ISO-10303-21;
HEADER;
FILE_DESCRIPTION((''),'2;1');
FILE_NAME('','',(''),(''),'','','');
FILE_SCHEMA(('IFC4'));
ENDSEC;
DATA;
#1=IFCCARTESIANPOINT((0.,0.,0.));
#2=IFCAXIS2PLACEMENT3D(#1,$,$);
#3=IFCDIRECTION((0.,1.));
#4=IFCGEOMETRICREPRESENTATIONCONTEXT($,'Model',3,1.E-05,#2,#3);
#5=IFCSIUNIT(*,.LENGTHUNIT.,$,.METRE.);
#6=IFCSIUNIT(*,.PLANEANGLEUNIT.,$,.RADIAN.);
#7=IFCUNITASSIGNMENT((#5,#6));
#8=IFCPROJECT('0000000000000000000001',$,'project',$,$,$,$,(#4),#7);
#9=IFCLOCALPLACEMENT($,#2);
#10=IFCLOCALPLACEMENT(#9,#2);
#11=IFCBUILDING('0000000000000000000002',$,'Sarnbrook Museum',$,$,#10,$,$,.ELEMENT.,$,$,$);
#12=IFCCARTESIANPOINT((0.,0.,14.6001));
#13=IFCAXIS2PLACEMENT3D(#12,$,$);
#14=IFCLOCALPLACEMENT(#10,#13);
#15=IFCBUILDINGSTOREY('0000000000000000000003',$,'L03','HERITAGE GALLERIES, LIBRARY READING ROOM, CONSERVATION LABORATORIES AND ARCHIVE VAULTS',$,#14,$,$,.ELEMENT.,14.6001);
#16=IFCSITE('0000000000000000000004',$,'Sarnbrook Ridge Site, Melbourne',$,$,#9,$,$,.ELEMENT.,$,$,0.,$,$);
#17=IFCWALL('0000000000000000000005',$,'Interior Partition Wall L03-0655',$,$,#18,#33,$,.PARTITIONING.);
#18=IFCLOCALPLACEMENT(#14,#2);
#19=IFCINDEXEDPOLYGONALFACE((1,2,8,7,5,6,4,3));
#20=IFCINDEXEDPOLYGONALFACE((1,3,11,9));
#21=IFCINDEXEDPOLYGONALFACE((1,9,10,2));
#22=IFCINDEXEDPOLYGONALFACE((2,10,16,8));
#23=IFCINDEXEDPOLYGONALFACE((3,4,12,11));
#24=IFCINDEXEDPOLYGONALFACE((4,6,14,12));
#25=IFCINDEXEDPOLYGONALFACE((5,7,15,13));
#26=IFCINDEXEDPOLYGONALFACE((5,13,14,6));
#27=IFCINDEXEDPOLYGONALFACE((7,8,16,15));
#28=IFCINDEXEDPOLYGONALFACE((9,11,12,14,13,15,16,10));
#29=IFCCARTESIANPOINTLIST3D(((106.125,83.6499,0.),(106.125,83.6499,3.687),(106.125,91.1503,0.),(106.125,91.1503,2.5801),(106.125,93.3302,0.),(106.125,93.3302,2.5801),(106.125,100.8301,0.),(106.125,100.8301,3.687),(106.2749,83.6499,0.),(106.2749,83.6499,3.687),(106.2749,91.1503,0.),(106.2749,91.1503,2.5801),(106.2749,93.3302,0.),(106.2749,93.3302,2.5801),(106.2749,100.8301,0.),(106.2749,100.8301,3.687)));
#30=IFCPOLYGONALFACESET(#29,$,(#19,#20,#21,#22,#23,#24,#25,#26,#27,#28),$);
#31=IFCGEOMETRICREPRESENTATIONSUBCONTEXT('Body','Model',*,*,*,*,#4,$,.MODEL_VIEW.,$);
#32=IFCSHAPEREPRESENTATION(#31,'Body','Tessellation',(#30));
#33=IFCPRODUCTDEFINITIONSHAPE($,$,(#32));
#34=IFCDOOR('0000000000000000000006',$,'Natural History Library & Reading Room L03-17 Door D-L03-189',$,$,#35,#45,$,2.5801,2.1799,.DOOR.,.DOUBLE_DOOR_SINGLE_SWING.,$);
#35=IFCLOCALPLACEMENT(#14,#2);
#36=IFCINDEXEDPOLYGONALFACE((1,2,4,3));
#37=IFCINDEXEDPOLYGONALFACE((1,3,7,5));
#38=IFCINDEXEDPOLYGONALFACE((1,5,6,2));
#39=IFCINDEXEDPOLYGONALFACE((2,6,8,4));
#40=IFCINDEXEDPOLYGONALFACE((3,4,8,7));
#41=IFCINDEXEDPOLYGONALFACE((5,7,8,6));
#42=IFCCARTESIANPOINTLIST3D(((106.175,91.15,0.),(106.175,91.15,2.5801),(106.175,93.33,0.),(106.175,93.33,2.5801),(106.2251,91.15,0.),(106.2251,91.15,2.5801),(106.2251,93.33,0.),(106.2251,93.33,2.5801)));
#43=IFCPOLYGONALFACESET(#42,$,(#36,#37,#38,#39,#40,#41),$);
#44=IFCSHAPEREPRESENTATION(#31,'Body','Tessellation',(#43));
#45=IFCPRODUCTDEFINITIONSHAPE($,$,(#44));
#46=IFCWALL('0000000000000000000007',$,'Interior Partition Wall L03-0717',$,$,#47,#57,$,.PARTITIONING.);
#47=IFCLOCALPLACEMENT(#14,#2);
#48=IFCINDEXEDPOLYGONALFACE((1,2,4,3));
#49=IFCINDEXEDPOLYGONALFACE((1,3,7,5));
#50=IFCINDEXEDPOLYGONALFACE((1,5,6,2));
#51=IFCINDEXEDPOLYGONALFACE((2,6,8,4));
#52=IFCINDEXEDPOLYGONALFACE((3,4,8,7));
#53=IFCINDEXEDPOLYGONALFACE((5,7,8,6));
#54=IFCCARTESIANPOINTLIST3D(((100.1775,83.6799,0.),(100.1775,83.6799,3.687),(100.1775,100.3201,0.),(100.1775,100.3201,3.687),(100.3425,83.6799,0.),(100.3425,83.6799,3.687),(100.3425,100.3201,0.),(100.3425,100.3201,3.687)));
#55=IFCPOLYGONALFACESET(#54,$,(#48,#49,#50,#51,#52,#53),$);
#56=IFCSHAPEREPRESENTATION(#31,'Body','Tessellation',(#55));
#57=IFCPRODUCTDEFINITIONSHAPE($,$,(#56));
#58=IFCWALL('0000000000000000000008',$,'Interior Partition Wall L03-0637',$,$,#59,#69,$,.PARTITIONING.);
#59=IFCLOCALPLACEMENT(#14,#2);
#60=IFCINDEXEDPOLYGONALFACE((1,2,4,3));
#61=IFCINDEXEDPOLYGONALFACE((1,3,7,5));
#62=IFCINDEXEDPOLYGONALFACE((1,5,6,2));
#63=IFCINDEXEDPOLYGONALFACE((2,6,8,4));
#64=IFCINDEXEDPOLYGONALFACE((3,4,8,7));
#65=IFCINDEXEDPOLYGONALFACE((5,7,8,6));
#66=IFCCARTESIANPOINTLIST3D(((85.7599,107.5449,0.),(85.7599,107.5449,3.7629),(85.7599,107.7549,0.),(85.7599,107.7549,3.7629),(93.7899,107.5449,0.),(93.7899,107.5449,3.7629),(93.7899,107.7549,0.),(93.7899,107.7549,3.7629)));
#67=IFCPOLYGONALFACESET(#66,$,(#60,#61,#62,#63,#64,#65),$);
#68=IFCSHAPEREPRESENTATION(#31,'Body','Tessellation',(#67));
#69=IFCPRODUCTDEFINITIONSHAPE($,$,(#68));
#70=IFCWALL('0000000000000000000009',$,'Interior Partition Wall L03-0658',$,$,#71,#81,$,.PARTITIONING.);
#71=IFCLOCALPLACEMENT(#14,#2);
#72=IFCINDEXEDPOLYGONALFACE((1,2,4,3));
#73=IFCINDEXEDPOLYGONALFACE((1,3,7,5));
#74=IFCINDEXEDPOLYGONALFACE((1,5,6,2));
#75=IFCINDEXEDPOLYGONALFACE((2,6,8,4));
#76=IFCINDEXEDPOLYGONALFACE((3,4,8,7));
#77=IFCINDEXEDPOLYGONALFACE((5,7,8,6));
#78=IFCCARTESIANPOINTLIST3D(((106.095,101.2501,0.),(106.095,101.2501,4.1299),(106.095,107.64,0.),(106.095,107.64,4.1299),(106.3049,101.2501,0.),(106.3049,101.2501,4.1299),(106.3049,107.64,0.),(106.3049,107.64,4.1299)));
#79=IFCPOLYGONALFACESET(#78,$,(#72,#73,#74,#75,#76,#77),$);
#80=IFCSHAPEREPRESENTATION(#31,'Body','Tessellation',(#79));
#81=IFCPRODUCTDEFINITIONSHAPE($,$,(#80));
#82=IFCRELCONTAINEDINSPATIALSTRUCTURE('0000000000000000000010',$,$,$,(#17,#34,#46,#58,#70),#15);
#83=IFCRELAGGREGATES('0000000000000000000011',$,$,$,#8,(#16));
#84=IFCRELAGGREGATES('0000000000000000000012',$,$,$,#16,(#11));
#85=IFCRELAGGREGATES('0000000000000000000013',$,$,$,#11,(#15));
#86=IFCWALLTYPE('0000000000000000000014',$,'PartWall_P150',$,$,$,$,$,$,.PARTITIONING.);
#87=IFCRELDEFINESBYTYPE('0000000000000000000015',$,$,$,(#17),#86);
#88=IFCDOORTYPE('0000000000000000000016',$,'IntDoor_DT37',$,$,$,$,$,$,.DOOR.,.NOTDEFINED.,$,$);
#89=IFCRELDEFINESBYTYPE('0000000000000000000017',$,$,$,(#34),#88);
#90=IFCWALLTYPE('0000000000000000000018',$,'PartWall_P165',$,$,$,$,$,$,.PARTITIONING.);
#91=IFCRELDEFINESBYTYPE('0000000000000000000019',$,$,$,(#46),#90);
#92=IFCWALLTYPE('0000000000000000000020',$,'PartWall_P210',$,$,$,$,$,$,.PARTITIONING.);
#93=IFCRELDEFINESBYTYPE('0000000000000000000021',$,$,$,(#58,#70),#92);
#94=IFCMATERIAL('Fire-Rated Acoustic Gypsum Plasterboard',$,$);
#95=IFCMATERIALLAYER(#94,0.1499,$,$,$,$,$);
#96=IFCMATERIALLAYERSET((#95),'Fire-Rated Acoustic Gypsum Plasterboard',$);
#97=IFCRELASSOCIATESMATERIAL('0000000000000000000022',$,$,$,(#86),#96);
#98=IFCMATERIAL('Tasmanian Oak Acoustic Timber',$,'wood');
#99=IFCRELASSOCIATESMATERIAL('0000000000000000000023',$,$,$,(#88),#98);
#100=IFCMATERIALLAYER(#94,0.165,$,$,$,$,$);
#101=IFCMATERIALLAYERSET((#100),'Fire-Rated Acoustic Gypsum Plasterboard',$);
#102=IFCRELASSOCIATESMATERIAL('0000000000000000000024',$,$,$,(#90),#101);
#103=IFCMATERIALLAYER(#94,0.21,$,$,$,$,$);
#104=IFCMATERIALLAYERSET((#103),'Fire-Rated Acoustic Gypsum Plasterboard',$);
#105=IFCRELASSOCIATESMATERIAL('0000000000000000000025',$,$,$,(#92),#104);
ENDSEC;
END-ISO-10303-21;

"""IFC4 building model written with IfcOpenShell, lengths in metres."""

from ifc_helpers import new_model, si_unit, direction, frame, frame_2d, origin, place, context, subcontext, project, spatial, rectangle, extrude, material, layer, layer_set, type_object, element, fill, save


model = new_model("IFC4")

# Units and contexts
model_context = context("Model", 3, precision=1e-05, world=origin(), true_north=direction((0.0, 1.0)))
body_context = subcontext(model_context, "Body", "Model", "MODEL_VIEW")
ifc_project = project(units=[si_unit("LENGTHUNIT", "METRE"), si_unit("PLANEANGLEUNIT", "RADIAN")], contexts=[model_context])

# Site, building, storey
site_placement = place(None, origin())
site = spatial("IfcSite", under=ifc_project, at=site_placement, Name="Sarnbrook Ridge Site, Melbourne", CompositionType="ELEMENT", RefElevation=0.0)
building_placement = place(site_placement, origin())
building = spatial("IfcBuilding", under=site, at=building_placement, Name="Sarnbrook Museum", CompositionType="ELEMENT")
storey_placement = place(building_placement, frame((0.0, 0.0, 14.6001)))
storey = spatial("IfcBuildingStorey", under=building, at=storey_placement, Name="L03", Description="HERITAGE GALLERIES, LIBRARY READING ROOM, CONSERVATION LABORATORIES AND ARCHIVE VAULTS", CompositionType="ELEMENT", Elevation=14.6001)

# Shared definitions
ifc_material_1 = material(Name="Fire-Rated Acoustic Gypsum Plasterboard")
ifc_material_2 = material(Name="Tasmanian Oak Acoustic Timber", Category="wood")

# Wall, opening, door
ifc_layer_1 = layer(ifc_material_1, 0.1499)
ifc_layer_set_1 = layer_set([ifc_layer_1], Name="Fire-Rated Acoustic Gypsum Plasterboard")
wall_type_1 = type_object("IfcWallType", Name="PartWall_P150", PredefinedType="PARTITIONING", material=ifc_layer_set_1)
wall_1_placement = place(storey_placement, frame((106.2, 100.8301, 0.0), z_axis=(0.0, 0.0, 1.0), x_axis=(0.0, -1.0, 0.0)))
wall_1 = element("IfcWall", 1, at=wall_1_placement, inside=storey, type_object=wall_type_1, Name="Interior Partition Wall L03-0655", PredefinedType="PARTITIONING", context=body_context, shape_type="SweptSolid", body=[
    extrude(rectangle(XDim=17.1802, YDim=0.1499, at=frame_2d((8.5901, 0.0))), origin(), (0.0, 0.0, 1.0), 3.687),
])
opening_1_placement = place(wall_1_placement, frame((7.5, 0.0, 0.0)))
opening_1 = element("IfcOpeningElement", 2, at=opening_1_placement, cuts=wall_1, PredefinedType="OPENING", context=body_context, shape_type="SweptSolid", body=[
    extrude(rectangle(XDim=2.1799, YDim=2.5801, at=frame_2d((1.0898, 1.29))), frame((0.0, 0.085, 0.0), z_axis=(0.0, -1.0, 0.0), x_axis=(1.0, 0.0, 0.0)), (0.0, 0.0, 1.0), 0.1699),
])
door_type_1 = type_object("IfcDoorType", Name="IntDoor_DT37", OperationType="NOTDEFINED", PredefinedType="DOOR", material=ifc_material_2)
door_1_placement = place(opening_1_placement, frame((2.1799, 0.0, 0.0), z_axis=(0.0, 0.0, 1.0), x_axis=(-1.0, 0.0, 0.0)))
door_1 = element("IfcDoor", 3, at=door_1_placement, inside=storey, type_object=door_type_1, Name="Natural History Library & Reading Room L03-17 Door D-L03-189", OperationType="DOUBLE_DOOR_SINGLE_SWING", OverallHeight=2.5801, OverallWidth=2.1799, PredefinedType="DOOR", context=body_context, shape_type="SweptSolid", body=[
    extrude(rectangle(XDim=2.1799, YDim=2.5801, at=frame_2d((1.0898, 1.29))), frame((0.0, 0.0249, 0.0), z_axis=(0.0, -1.0, 0.0), x_axis=(1.0, 0.0, 0.0)), (0.0, 0.0, 1.0), 0.05),
])
fill(opening_1, door_1)

# Walls
ifc_layer_2 = layer(ifc_material_1, 0.165)
ifc_layer_set_2 = layer_set([ifc_layer_2], Name="Fire-Rated Acoustic Gypsum Plasterboard")
wall_type_2 = type_object("IfcWallType", Name="PartWall_P165", PredefinedType="PARTITIONING", material=ifc_layer_set_2)
wall_2_placement = place(storey_placement, frame((100.26, 100.3201, 0.0), z_axis=(0.0, 0.0, 1.0), x_axis=(0.0, -1.0, 0.0)))
element("IfcWall", 4, at=wall_2_placement, inside=storey, type_object=wall_type_2, Name="Interior Partition Wall L03-0717", PredefinedType="PARTITIONING", context=body_context, shape_type="SweptSolid", body=[
    extrude(rectangle(XDim=16.6401, YDim=0.165, at=frame_2d((8.3201, 0.0))), origin(), (0.0, 0.0, 1.0), 3.687),
])
ifc_layer_3 = layer(ifc_material_1, 0.21)
ifc_layer_set_3 = layer_set([ifc_layer_3], Name="Fire-Rated Acoustic Gypsum Plasterboard")
wall_type_3 = type_object("IfcWallType", Name="PartWall_P210", PredefinedType="PARTITIONING", material=ifc_layer_set_3)
wall_3_placement = place(storey_placement, frame((93.79, 107.6499, 0.0), z_axis=(0.0, 0.0, 1.0), x_axis=(-1.0, 0.0, 0.0)))
element("IfcWall", 5, at=wall_3_placement, inside=storey, type_object=wall_type_3, Name="Interior Partition Wall L03-0637", PredefinedType="PARTITIONING", context=body_context, shape_type="SweptSolid", body=[
    extrude(rectangle(XDim=8.03, YDim=0.21, at=frame_2d((4.0151, 0.0))), origin(), (0.0, 0.0, 1.0), 3.7629),
])
wall_4_placement = place(storey_placement, frame((106.2, 107.6399, 0.0), z_axis=(0.0, 0.0, 1.0), x_axis=(0.0, -1.0, 0.0)))
element("IfcWall", 6, at=wall_4_placement, inside=storey, type_object=wall_type_3, Name="Interior Partition Wall L03-0658", PredefinedType="PARTITIONING", context=body_context, shape_type="SweptSolid", body=[
    extrude(rectangle(XDim=6.3899, YDim=0.21, at=frame_2d((3.1948, 0.0))), origin(), (0.0, 0.0, 1.0), 4.1299),
])

save(model, "model.ifc")
